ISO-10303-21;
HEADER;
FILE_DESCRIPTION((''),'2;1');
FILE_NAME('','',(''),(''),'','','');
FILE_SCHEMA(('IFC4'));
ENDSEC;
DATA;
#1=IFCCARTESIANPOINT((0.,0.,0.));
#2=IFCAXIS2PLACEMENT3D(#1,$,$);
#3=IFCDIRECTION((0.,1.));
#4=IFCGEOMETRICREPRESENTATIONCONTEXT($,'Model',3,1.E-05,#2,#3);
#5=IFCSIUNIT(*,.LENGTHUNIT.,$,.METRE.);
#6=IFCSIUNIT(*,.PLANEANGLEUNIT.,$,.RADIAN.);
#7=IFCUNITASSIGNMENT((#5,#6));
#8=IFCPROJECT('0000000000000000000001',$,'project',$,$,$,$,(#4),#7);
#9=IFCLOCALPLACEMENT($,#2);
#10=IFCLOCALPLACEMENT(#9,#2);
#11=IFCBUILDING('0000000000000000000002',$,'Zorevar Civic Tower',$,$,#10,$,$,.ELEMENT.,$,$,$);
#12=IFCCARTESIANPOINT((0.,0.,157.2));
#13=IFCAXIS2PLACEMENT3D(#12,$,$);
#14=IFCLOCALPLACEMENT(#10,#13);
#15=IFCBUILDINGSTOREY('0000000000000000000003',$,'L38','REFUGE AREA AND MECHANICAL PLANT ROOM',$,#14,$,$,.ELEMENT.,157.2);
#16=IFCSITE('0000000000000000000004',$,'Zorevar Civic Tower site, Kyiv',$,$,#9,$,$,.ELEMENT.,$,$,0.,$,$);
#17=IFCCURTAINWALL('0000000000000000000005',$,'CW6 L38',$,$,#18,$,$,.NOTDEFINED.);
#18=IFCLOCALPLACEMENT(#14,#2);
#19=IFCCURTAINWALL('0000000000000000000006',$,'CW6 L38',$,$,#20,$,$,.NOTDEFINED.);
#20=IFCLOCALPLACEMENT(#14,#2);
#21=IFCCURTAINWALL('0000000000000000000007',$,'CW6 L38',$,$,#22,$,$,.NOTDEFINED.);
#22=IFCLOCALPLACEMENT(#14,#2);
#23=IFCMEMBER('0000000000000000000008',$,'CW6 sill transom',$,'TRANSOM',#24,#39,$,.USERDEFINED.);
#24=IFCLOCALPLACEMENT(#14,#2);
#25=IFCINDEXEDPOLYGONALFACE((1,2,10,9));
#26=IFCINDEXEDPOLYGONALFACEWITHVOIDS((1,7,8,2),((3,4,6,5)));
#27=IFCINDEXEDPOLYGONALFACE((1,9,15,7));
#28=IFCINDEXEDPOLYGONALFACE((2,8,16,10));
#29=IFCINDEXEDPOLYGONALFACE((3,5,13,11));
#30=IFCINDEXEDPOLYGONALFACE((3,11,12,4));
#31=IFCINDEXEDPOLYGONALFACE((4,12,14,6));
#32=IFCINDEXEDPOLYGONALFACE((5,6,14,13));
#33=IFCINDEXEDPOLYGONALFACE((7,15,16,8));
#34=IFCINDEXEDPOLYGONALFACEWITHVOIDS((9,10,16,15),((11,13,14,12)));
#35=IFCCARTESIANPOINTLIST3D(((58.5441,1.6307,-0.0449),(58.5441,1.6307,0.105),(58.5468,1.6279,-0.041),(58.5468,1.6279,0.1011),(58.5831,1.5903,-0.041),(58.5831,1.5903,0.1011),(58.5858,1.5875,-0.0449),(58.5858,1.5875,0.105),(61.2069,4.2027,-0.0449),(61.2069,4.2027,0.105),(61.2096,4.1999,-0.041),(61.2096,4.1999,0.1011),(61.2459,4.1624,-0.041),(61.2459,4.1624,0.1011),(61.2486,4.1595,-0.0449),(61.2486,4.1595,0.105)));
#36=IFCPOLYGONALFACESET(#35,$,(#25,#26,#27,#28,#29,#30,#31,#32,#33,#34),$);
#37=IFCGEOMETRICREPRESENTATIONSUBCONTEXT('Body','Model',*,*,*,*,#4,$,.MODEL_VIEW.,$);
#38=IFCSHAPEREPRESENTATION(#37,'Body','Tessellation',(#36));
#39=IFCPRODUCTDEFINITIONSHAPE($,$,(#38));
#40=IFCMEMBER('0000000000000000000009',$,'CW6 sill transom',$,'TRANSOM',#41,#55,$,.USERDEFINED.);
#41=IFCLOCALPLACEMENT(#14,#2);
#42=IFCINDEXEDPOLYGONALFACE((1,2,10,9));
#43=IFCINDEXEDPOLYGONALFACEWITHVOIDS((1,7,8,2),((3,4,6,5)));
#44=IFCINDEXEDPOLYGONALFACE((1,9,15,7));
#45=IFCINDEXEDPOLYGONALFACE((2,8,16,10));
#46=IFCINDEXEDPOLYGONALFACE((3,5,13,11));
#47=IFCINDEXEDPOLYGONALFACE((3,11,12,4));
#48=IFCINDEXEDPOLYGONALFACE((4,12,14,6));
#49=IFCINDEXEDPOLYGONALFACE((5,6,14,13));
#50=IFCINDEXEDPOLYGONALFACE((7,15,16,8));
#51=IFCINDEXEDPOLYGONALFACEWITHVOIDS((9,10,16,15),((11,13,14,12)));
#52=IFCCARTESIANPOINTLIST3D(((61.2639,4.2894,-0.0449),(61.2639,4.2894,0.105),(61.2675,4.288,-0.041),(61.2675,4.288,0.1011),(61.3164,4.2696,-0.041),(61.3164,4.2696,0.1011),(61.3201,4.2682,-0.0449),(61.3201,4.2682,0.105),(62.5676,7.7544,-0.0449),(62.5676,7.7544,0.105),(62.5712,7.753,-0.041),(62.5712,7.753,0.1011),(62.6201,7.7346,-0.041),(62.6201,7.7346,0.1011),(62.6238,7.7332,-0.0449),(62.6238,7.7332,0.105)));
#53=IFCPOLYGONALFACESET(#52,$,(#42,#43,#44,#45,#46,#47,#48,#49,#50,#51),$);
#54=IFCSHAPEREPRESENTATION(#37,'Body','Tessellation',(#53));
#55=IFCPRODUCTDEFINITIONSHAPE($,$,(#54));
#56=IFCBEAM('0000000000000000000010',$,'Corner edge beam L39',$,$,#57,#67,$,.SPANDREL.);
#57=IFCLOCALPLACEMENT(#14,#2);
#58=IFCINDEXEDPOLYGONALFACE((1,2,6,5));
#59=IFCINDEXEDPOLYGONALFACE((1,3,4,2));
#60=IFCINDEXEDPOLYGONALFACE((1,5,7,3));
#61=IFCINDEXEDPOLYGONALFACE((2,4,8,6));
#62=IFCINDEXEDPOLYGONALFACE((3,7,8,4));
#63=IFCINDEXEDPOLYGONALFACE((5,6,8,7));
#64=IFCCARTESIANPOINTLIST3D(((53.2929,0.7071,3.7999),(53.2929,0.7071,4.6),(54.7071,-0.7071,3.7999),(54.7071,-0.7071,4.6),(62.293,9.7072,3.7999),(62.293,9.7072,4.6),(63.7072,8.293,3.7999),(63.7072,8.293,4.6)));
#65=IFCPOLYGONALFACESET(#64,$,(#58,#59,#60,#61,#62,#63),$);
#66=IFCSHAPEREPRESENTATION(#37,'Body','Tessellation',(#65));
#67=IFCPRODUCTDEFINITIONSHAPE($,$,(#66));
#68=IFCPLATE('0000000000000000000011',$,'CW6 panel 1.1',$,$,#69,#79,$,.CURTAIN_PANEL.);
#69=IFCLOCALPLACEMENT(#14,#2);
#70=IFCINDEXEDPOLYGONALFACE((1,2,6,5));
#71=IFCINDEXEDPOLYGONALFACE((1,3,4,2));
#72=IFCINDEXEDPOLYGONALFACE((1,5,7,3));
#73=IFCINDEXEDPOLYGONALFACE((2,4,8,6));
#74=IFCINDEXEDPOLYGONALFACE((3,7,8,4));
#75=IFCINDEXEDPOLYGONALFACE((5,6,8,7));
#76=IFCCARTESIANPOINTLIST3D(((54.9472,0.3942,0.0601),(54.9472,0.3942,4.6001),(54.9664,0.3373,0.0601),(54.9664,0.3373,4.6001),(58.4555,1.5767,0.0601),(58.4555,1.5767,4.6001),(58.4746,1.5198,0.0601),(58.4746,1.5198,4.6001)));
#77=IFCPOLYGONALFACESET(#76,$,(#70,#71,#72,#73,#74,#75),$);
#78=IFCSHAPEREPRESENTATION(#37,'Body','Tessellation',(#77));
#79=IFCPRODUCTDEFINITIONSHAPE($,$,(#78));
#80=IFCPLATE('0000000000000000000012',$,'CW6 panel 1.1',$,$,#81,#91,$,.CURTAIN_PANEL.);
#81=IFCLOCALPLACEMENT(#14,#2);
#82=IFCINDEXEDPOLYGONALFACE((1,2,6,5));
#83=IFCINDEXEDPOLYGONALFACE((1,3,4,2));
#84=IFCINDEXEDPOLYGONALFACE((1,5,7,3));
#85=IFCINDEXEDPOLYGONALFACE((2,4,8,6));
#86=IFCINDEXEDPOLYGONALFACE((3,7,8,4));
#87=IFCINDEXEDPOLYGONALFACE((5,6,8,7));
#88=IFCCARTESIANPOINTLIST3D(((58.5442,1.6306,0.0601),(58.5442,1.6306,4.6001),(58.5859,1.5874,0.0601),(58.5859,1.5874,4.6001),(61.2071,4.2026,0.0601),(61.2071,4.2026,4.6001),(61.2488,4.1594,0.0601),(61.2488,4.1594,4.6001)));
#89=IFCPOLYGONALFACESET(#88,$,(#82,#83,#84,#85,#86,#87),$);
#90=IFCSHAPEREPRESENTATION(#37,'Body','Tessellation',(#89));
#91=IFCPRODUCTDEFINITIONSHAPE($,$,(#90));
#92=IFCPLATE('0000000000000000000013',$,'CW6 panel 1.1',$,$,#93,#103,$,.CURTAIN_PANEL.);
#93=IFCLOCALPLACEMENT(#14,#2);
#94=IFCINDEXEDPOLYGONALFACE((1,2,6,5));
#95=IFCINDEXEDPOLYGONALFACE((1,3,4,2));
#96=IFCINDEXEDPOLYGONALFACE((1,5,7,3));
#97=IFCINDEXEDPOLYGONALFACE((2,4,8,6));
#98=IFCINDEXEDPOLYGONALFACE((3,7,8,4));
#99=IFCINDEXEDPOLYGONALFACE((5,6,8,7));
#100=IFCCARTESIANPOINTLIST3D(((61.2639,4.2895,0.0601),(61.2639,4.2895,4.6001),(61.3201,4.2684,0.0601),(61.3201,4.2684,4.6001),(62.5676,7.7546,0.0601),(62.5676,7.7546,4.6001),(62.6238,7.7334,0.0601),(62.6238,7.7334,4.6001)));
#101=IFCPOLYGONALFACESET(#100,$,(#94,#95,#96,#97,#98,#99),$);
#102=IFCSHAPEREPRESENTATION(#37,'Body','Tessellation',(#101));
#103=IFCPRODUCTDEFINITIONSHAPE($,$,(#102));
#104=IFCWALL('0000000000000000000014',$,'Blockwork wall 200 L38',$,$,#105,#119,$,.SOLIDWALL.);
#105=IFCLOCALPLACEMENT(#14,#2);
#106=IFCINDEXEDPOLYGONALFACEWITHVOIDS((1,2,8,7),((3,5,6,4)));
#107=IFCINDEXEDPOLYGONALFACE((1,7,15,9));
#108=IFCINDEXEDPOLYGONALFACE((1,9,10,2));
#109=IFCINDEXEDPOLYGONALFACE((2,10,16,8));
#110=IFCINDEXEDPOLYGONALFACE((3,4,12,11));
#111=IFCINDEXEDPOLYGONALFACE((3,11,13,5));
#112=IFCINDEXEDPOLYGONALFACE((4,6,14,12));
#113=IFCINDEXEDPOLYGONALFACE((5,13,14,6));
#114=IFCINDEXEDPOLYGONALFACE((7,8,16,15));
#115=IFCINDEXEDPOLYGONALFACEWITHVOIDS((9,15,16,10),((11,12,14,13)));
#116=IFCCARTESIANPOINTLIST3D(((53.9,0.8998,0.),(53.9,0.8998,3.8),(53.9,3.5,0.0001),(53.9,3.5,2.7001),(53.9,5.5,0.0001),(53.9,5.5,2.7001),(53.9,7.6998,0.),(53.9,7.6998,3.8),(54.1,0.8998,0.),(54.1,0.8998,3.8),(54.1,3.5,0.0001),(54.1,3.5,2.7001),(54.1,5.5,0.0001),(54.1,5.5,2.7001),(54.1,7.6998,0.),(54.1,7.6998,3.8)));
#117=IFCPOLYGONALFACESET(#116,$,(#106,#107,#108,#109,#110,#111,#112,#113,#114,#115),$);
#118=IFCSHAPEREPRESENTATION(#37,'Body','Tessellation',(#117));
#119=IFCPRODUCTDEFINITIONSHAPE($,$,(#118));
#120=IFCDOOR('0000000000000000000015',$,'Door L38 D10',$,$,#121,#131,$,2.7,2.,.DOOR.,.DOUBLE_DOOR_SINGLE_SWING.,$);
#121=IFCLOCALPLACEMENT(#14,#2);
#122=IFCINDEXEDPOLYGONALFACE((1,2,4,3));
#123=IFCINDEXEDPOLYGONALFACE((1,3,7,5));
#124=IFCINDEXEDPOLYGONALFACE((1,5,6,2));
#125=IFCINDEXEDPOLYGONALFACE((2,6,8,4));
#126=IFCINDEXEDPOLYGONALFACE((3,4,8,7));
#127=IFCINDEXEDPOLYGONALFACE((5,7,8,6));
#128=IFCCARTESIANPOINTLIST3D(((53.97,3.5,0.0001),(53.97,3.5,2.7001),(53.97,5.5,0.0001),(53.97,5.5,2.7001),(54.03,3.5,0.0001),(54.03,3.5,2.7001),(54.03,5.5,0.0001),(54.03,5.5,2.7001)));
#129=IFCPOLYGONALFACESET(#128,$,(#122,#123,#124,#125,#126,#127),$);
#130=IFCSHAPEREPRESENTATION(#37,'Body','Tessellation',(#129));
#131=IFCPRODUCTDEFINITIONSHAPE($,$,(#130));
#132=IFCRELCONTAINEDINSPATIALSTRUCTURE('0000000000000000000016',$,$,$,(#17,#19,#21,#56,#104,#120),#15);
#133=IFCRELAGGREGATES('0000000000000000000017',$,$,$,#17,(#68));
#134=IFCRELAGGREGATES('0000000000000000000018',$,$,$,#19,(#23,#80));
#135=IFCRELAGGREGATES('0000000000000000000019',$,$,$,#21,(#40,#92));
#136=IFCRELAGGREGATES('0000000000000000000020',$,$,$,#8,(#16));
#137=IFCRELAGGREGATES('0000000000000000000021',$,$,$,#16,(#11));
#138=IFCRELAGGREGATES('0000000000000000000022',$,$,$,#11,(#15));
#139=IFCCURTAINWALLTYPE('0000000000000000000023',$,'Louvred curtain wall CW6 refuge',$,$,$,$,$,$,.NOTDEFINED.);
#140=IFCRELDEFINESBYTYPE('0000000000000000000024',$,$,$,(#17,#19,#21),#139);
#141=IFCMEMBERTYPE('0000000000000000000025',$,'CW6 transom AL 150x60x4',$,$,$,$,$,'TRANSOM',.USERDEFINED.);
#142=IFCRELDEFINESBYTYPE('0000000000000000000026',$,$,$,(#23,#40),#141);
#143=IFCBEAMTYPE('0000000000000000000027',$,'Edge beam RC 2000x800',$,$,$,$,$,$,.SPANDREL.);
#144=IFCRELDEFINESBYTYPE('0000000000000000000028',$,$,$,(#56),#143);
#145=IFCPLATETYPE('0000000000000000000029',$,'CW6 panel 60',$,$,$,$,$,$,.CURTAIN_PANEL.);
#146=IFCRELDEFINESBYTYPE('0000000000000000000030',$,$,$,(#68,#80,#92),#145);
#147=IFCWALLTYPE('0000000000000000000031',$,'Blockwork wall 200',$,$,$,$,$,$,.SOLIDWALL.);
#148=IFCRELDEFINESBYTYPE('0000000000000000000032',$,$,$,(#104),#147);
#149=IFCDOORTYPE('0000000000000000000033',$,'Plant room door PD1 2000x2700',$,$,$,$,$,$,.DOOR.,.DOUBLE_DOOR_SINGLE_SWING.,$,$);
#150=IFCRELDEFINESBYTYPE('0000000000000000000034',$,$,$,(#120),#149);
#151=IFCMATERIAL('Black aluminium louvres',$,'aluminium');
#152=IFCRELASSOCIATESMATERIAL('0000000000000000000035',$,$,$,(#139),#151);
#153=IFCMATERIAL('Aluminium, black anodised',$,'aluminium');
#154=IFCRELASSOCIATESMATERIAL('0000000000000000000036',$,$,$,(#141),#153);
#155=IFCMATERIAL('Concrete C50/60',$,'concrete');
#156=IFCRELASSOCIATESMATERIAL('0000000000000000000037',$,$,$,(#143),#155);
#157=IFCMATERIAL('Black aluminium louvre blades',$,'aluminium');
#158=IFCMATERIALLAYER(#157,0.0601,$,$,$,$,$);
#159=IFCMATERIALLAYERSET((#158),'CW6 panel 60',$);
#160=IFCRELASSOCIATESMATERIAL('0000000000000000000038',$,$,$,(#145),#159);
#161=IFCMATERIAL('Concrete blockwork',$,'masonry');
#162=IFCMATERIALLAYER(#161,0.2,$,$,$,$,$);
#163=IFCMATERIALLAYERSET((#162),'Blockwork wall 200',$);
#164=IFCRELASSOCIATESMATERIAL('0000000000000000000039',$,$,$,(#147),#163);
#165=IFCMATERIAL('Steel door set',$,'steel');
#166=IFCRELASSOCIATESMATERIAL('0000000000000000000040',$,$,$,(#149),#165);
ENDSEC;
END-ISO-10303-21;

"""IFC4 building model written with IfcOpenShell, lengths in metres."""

from ifc_helpers import new_model, si_unit, direction, frame, frame_2d, origin, origin_2d, place, context, subcontext, project, spatial, rectangle, hollow_rectangle, extrude, material, layer, layer_set, material_profile, profile_set, type_object, element, fill, aggregate, save


model = new_model("IFC4")

# Units and contexts
model_context = context("Model", 3, precision=1e-05, world=origin(), true_north=direction((0.0, 1.0)))
body_context = subcontext(model_context, "Body", "Model", "MODEL_VIEW")
ifc_project = project(units=[si_unit("LENGTHUNIT", "METRE"), si_unit("PLANEANGLEUNIT", "RADIAN")], contexts=[model_context])

# Site, building, storey
site_placement = place(None, origin())
site = spatial("IfcSite", under=ifc_project, at=site_placement, Name="Zorevar Civic Tower site, Kyiv", CompositionType="ELEMENT", RefElevation=0.0)
building_placement = place(site_placement, origin())
building = spatial("IfcBuilding", under=site, at=building_placement, Name="Zorevar Civic Tower", CompositionType="ELEMENT")
storey_placement = place(building_placement, frame((0.0, 0.0, 157.2)))
storey = spatial("IfcBuildingStorey", under=building, at=storey_placement, Name="L38", Description="REFUGE AREA AND MECHANICAL PLANT ROOM", CompositionType="ELEMENT", Elevation=157.2)

# Curtain walls
ifc_material_1 = material(Name="Black aluminium louvres", Category="aluminium")
curtain_wall_type = type_object("IfcCurtainWallType", Name="Louvred curtain wall CW6 refuge", PredefinedType="NOTDEFINED", material=ifc_material_1)
curtain_wall_1_placement = place(storey_placement, origin())
curtain_wall_1 = element("IfcCurtainWall", 1, at=curtain_wall_1_placement, inside=storey, type_object=curtain_wall_type, Name="CW6 L38", PredefinedType="NOTDEFINED")
curtain_wall_2_placement = place(storey_placement, origin())
curtain_wall_2 = element("IfcCurtainWall", 2, at=curtain_wall_2_placement, inside=storey, type_object=curtain_wall_type, Name="CW6 L38", PredefinedType="NOTDEFINED")
curtain_wall_3_placement = place(storey_placement, origin())
curtain_wall_3 = element("IfcCurtainWall", 3, at=curtain_wall_3_placement, inside=storey, type_object=curtain_wall_type, Name="CW6 L38", PredefinedType="NOTDEFINED")

# Members
ifc_material_2 = material(Name="Aluminium, black anodised", Category="aluminium")
ifc_material_profile_1 = material_profile(ifc_material_2, hollow_rectangle(XDim=0.0601, YDim=0.1499, WallThickness=0.0039, at=origin_2d()), Name="AL 150x60x4")
ifc_profile_set_1 = profile_set([ifc_material_profile_1], Name="Aluminium, black anodised")
member_type_1 = type_object("IfcMemberType", Name="CW6 transom AL 150x60x4", ElementType="TRANSOM", PredefinedType="USERDEFINED", material=ifc_profile_set_1)
member_1_placement = place(storey_placement, frame((58.5649, 1.6091, 0.03), z_axis=(0.719266, 0.694735, 0.0), x_axis=(-0.694735, 0.719266, 0.0)))
member_1 = element("IfcMember", 4, at=member_1_placement, type_object=member_type_1, Name="CW6 sill transom", ObjectType="TRANSOM", PredefinedType="USERDEFINED", context=body_context, shape_type="SweptSolid", body=[
    extrude(hollow_rectangle(XDim=0.0601, YDim=0.1499, WallThickness=0.0039, at=origin_2d()), origin(), (0.0, 0.0, 1.0), 3.7021),
])
member_2_placement = place(storey_placement, frame((61.292, 4.2788, 0.03), z_axis=(0.352142, 0.935947, 0.0), x_axis=(-0.935947, 0.352142, 0.0)))
member_2 = element("IfcMember", 5, at=member_2_placement, type_object=member_type_1, Name="CW6 sill transom", ObjectType="TRANSOM", PredefinedType="USERDEFINED", context=body_context, shape_type="SweptSolid", body=[
    extrude(hollow_rectangle(XDim=0.0601, YDim=0.1499, WallThickness=0.0039, at=origin_2d()), origin(), (0.0, 0.0, 1.0), 3.7021),
])

# Beam
ifc_material_3 = material(Name="Concrete C50/60", Category="concrete")
ifc_material_profile_2 = material_profile(ifc_material_3, rectangle(XDim=2.0, YDim=0.8, at=origin_2d()), Name="RC 2000x800")
ifc_profile_set_2 = profile_set([ifc_material_profile_2], Name="Concrete C50/60")
beam_type_1 = type_object("IfcBeamType", Name="Edge beam RC 2000x800", PredefinedType="SPANDREL", material=ifc_profile_set_2)
beam_1_placement = place(storey_placement, frame((54.0, 0.0, 4.2), z_axis=(0.707107, 0.707107, 0.0), x_axis=(-0.707107, 0.707107, 0.0)))
element("IfcBeam", 6, at=beam_1_placement, inside=storey, type_object=beam_type_1, Name="Corner edge beam L39", PredefinedType="SPANDREL", context=body_context, shape_type="SweptSolid", body=[
    extrude(rectangle(XDim=2.0, YDim=0.8, at=origin_2d()), origin(), (0.0, 0.0, 1.0), 12.728),
])

# Plates
ifc_material_4 = material(Name="Black aluminium louvre blades", Category="aluminium")
ifc_layer_1 = layer(ifc_material_4, 0.0601)
ifc_layer_set_1 = layer_set([ifc_layer_1], Name="CW6 panel 60")
plate_type = type_object("IfcPlateType", Name="CW6 panel 60", PredefinedType="CURTAIN_PANEL", material=ifc_layer_set_1)
plate_1_placement = place(storey_placement, frame((56.7109, 0.957, 0.0601), z_axis=(0.0, 0.0, 1.0), x_axis=(0.947616, 0.319413, 0.0)))
plate_1 = element("IfcPlate", 7, at=plate_1_placement, type_object=plate_type, Name="CW6 panel 1.1", PredefinedType="CURTAIN_PANEL", context=body_context, shape_type="SweptSolid", body=[
    extrude(rectangle(XDim=3.7021, YDim=0.0601, at=origin_2d()), origin(), (0.0, 0.0, 1.0), 4.54),
])
aggregate(curtain_wall_1, [plate_1])
plate_2_placement = place(storey_placement, frame((59.8965, 2.895, 0.0601), z_axis=(0.0, 0.0, 1.0), x_axis=(0.719281, 0.694719, 0.0)))
plate_2 = element("IfcPlate", 8, at=plate_2_placement, type_object=plate_type, Name="CW6 panel 1.1", PredefinedType="CURTAIN_PANEL", context=body_context, shape_type="SweptSolid", body=[
    extrude(rectangle(XDim=3.7021, YDim=0.0601, at=origin_2d()), origin(), (0.0, 0.0, 1.0), 4.54),
])
aggregate(curtain_wall_2, [member_1, plate_2])
plate_3_placement = place(storey_placement, frame((61.9438, 6.0115, 0.0601), z_axis=(0.0, 0.0, 1.0), x_axis=(0.352132, 0.935951, 0.0)))
plate_3 = element("IfcPlate", 9, at=plate_3_placement, type_object=plate_type, Name="CW6 panel 1.1", PredefinedType="CURTAIN_PANEL", context=body_context, shape_type="SweptSolid", body=[
    extrude(rectangle(XDim=3.7021, YDim=0.0601, at=origin_2d()), origin(), (0.0, 0.0, 1.0), 4.54),
])
aggregate(curtain_wall_3, [member_2, plate_3])

# Wall, opening, door
ifc_material_5 = material(Name="Concrete blockwork", Category="masonry")
ifc_layer_2 = layer(ifc_material_5, 0.2)
ifc_layer_set_2 = layer_set([ifc_layer_2], Name="Blockwork wall 200")
wall_type = type_object("IfcWallType", Name="Blockwork wall 200", PredefinedType="SOLIDWALL", material=ifc_layer_set_2)
wall_placement = place(storey_placement, frame((54.0, 0.8999, 0.0), z_axis=(0.0, 0.0, 1.0), x_axis=(0.0, 1.0, 0.0)))
wall = element("IfcWall", 10, at=wall_placement, inside=storey, type_object=wall_type, Name="Blockwork wall 200 L38", PredefinedType="SOLIDWALL", context=body_context, shape_type="SweptSolid", body=[
    extrude(rectangle(XDim=6.8, YDim=0.2, at=frame_2d((3.3999, 0.0))), origin(), (0.0, 0.0, 1.0), 3.8),
])
opening_placement = place(wall_placement, frame((2.6001, 0.0, 0.0)))
opening = element("IfcOpeningElement", 11, at=opening_placement, cuts=wall, PredefinedType="OPENING", context=body_context, shape_type="SweptSolid", body=[
    extrude(rectangle(XDim=2.0, YDim=2.7, at=frame_2d((1.0, 1.3501))), frame((0.0, 0.1099, 0.0), z_axis=(0.0, -1.0, 0.0), x_axis=(1.0, 0.0, 0.0)), (0.0, 0.0, 1.0), 0.22),
])
ifc_material_6 = material(Name="Steel door set", Category="steel")
door_type = type_object("IfcDoorType", Name="Plant room door PD1 2000x2700", OperationType="DOUBLE_DOOR_SINGLE_SWING", PredefinedType="DOOR", material=ifc_material_6)
door_placement = place(opening_placement, origin())
door = element("IfcDoor", 12, at=door_placement, inside=storey, type_object=door_type, Name="Door L38 D10", OperationType="DOUBLE_DOOR_SINGLE_SWING", OverallHeight=2.7, OverallWidth=2.0, PredefinedType="DOOR", context=body_context, shape_type="SweptSolid", body=[
    extrude(rectangle(XDim=2.0, YDim=2.7, at=frame_2d((1.0, 1.3501))), frame((0.0, 0.03, 0.0), z_axis=(0.0, -1.0, 0.0), x_axis=(1.0, 0.0, 0.0)), (0.0, 0.0, 1.0), 0.0601),
])
fill(opening, door)

save(model, "model.ifc")
